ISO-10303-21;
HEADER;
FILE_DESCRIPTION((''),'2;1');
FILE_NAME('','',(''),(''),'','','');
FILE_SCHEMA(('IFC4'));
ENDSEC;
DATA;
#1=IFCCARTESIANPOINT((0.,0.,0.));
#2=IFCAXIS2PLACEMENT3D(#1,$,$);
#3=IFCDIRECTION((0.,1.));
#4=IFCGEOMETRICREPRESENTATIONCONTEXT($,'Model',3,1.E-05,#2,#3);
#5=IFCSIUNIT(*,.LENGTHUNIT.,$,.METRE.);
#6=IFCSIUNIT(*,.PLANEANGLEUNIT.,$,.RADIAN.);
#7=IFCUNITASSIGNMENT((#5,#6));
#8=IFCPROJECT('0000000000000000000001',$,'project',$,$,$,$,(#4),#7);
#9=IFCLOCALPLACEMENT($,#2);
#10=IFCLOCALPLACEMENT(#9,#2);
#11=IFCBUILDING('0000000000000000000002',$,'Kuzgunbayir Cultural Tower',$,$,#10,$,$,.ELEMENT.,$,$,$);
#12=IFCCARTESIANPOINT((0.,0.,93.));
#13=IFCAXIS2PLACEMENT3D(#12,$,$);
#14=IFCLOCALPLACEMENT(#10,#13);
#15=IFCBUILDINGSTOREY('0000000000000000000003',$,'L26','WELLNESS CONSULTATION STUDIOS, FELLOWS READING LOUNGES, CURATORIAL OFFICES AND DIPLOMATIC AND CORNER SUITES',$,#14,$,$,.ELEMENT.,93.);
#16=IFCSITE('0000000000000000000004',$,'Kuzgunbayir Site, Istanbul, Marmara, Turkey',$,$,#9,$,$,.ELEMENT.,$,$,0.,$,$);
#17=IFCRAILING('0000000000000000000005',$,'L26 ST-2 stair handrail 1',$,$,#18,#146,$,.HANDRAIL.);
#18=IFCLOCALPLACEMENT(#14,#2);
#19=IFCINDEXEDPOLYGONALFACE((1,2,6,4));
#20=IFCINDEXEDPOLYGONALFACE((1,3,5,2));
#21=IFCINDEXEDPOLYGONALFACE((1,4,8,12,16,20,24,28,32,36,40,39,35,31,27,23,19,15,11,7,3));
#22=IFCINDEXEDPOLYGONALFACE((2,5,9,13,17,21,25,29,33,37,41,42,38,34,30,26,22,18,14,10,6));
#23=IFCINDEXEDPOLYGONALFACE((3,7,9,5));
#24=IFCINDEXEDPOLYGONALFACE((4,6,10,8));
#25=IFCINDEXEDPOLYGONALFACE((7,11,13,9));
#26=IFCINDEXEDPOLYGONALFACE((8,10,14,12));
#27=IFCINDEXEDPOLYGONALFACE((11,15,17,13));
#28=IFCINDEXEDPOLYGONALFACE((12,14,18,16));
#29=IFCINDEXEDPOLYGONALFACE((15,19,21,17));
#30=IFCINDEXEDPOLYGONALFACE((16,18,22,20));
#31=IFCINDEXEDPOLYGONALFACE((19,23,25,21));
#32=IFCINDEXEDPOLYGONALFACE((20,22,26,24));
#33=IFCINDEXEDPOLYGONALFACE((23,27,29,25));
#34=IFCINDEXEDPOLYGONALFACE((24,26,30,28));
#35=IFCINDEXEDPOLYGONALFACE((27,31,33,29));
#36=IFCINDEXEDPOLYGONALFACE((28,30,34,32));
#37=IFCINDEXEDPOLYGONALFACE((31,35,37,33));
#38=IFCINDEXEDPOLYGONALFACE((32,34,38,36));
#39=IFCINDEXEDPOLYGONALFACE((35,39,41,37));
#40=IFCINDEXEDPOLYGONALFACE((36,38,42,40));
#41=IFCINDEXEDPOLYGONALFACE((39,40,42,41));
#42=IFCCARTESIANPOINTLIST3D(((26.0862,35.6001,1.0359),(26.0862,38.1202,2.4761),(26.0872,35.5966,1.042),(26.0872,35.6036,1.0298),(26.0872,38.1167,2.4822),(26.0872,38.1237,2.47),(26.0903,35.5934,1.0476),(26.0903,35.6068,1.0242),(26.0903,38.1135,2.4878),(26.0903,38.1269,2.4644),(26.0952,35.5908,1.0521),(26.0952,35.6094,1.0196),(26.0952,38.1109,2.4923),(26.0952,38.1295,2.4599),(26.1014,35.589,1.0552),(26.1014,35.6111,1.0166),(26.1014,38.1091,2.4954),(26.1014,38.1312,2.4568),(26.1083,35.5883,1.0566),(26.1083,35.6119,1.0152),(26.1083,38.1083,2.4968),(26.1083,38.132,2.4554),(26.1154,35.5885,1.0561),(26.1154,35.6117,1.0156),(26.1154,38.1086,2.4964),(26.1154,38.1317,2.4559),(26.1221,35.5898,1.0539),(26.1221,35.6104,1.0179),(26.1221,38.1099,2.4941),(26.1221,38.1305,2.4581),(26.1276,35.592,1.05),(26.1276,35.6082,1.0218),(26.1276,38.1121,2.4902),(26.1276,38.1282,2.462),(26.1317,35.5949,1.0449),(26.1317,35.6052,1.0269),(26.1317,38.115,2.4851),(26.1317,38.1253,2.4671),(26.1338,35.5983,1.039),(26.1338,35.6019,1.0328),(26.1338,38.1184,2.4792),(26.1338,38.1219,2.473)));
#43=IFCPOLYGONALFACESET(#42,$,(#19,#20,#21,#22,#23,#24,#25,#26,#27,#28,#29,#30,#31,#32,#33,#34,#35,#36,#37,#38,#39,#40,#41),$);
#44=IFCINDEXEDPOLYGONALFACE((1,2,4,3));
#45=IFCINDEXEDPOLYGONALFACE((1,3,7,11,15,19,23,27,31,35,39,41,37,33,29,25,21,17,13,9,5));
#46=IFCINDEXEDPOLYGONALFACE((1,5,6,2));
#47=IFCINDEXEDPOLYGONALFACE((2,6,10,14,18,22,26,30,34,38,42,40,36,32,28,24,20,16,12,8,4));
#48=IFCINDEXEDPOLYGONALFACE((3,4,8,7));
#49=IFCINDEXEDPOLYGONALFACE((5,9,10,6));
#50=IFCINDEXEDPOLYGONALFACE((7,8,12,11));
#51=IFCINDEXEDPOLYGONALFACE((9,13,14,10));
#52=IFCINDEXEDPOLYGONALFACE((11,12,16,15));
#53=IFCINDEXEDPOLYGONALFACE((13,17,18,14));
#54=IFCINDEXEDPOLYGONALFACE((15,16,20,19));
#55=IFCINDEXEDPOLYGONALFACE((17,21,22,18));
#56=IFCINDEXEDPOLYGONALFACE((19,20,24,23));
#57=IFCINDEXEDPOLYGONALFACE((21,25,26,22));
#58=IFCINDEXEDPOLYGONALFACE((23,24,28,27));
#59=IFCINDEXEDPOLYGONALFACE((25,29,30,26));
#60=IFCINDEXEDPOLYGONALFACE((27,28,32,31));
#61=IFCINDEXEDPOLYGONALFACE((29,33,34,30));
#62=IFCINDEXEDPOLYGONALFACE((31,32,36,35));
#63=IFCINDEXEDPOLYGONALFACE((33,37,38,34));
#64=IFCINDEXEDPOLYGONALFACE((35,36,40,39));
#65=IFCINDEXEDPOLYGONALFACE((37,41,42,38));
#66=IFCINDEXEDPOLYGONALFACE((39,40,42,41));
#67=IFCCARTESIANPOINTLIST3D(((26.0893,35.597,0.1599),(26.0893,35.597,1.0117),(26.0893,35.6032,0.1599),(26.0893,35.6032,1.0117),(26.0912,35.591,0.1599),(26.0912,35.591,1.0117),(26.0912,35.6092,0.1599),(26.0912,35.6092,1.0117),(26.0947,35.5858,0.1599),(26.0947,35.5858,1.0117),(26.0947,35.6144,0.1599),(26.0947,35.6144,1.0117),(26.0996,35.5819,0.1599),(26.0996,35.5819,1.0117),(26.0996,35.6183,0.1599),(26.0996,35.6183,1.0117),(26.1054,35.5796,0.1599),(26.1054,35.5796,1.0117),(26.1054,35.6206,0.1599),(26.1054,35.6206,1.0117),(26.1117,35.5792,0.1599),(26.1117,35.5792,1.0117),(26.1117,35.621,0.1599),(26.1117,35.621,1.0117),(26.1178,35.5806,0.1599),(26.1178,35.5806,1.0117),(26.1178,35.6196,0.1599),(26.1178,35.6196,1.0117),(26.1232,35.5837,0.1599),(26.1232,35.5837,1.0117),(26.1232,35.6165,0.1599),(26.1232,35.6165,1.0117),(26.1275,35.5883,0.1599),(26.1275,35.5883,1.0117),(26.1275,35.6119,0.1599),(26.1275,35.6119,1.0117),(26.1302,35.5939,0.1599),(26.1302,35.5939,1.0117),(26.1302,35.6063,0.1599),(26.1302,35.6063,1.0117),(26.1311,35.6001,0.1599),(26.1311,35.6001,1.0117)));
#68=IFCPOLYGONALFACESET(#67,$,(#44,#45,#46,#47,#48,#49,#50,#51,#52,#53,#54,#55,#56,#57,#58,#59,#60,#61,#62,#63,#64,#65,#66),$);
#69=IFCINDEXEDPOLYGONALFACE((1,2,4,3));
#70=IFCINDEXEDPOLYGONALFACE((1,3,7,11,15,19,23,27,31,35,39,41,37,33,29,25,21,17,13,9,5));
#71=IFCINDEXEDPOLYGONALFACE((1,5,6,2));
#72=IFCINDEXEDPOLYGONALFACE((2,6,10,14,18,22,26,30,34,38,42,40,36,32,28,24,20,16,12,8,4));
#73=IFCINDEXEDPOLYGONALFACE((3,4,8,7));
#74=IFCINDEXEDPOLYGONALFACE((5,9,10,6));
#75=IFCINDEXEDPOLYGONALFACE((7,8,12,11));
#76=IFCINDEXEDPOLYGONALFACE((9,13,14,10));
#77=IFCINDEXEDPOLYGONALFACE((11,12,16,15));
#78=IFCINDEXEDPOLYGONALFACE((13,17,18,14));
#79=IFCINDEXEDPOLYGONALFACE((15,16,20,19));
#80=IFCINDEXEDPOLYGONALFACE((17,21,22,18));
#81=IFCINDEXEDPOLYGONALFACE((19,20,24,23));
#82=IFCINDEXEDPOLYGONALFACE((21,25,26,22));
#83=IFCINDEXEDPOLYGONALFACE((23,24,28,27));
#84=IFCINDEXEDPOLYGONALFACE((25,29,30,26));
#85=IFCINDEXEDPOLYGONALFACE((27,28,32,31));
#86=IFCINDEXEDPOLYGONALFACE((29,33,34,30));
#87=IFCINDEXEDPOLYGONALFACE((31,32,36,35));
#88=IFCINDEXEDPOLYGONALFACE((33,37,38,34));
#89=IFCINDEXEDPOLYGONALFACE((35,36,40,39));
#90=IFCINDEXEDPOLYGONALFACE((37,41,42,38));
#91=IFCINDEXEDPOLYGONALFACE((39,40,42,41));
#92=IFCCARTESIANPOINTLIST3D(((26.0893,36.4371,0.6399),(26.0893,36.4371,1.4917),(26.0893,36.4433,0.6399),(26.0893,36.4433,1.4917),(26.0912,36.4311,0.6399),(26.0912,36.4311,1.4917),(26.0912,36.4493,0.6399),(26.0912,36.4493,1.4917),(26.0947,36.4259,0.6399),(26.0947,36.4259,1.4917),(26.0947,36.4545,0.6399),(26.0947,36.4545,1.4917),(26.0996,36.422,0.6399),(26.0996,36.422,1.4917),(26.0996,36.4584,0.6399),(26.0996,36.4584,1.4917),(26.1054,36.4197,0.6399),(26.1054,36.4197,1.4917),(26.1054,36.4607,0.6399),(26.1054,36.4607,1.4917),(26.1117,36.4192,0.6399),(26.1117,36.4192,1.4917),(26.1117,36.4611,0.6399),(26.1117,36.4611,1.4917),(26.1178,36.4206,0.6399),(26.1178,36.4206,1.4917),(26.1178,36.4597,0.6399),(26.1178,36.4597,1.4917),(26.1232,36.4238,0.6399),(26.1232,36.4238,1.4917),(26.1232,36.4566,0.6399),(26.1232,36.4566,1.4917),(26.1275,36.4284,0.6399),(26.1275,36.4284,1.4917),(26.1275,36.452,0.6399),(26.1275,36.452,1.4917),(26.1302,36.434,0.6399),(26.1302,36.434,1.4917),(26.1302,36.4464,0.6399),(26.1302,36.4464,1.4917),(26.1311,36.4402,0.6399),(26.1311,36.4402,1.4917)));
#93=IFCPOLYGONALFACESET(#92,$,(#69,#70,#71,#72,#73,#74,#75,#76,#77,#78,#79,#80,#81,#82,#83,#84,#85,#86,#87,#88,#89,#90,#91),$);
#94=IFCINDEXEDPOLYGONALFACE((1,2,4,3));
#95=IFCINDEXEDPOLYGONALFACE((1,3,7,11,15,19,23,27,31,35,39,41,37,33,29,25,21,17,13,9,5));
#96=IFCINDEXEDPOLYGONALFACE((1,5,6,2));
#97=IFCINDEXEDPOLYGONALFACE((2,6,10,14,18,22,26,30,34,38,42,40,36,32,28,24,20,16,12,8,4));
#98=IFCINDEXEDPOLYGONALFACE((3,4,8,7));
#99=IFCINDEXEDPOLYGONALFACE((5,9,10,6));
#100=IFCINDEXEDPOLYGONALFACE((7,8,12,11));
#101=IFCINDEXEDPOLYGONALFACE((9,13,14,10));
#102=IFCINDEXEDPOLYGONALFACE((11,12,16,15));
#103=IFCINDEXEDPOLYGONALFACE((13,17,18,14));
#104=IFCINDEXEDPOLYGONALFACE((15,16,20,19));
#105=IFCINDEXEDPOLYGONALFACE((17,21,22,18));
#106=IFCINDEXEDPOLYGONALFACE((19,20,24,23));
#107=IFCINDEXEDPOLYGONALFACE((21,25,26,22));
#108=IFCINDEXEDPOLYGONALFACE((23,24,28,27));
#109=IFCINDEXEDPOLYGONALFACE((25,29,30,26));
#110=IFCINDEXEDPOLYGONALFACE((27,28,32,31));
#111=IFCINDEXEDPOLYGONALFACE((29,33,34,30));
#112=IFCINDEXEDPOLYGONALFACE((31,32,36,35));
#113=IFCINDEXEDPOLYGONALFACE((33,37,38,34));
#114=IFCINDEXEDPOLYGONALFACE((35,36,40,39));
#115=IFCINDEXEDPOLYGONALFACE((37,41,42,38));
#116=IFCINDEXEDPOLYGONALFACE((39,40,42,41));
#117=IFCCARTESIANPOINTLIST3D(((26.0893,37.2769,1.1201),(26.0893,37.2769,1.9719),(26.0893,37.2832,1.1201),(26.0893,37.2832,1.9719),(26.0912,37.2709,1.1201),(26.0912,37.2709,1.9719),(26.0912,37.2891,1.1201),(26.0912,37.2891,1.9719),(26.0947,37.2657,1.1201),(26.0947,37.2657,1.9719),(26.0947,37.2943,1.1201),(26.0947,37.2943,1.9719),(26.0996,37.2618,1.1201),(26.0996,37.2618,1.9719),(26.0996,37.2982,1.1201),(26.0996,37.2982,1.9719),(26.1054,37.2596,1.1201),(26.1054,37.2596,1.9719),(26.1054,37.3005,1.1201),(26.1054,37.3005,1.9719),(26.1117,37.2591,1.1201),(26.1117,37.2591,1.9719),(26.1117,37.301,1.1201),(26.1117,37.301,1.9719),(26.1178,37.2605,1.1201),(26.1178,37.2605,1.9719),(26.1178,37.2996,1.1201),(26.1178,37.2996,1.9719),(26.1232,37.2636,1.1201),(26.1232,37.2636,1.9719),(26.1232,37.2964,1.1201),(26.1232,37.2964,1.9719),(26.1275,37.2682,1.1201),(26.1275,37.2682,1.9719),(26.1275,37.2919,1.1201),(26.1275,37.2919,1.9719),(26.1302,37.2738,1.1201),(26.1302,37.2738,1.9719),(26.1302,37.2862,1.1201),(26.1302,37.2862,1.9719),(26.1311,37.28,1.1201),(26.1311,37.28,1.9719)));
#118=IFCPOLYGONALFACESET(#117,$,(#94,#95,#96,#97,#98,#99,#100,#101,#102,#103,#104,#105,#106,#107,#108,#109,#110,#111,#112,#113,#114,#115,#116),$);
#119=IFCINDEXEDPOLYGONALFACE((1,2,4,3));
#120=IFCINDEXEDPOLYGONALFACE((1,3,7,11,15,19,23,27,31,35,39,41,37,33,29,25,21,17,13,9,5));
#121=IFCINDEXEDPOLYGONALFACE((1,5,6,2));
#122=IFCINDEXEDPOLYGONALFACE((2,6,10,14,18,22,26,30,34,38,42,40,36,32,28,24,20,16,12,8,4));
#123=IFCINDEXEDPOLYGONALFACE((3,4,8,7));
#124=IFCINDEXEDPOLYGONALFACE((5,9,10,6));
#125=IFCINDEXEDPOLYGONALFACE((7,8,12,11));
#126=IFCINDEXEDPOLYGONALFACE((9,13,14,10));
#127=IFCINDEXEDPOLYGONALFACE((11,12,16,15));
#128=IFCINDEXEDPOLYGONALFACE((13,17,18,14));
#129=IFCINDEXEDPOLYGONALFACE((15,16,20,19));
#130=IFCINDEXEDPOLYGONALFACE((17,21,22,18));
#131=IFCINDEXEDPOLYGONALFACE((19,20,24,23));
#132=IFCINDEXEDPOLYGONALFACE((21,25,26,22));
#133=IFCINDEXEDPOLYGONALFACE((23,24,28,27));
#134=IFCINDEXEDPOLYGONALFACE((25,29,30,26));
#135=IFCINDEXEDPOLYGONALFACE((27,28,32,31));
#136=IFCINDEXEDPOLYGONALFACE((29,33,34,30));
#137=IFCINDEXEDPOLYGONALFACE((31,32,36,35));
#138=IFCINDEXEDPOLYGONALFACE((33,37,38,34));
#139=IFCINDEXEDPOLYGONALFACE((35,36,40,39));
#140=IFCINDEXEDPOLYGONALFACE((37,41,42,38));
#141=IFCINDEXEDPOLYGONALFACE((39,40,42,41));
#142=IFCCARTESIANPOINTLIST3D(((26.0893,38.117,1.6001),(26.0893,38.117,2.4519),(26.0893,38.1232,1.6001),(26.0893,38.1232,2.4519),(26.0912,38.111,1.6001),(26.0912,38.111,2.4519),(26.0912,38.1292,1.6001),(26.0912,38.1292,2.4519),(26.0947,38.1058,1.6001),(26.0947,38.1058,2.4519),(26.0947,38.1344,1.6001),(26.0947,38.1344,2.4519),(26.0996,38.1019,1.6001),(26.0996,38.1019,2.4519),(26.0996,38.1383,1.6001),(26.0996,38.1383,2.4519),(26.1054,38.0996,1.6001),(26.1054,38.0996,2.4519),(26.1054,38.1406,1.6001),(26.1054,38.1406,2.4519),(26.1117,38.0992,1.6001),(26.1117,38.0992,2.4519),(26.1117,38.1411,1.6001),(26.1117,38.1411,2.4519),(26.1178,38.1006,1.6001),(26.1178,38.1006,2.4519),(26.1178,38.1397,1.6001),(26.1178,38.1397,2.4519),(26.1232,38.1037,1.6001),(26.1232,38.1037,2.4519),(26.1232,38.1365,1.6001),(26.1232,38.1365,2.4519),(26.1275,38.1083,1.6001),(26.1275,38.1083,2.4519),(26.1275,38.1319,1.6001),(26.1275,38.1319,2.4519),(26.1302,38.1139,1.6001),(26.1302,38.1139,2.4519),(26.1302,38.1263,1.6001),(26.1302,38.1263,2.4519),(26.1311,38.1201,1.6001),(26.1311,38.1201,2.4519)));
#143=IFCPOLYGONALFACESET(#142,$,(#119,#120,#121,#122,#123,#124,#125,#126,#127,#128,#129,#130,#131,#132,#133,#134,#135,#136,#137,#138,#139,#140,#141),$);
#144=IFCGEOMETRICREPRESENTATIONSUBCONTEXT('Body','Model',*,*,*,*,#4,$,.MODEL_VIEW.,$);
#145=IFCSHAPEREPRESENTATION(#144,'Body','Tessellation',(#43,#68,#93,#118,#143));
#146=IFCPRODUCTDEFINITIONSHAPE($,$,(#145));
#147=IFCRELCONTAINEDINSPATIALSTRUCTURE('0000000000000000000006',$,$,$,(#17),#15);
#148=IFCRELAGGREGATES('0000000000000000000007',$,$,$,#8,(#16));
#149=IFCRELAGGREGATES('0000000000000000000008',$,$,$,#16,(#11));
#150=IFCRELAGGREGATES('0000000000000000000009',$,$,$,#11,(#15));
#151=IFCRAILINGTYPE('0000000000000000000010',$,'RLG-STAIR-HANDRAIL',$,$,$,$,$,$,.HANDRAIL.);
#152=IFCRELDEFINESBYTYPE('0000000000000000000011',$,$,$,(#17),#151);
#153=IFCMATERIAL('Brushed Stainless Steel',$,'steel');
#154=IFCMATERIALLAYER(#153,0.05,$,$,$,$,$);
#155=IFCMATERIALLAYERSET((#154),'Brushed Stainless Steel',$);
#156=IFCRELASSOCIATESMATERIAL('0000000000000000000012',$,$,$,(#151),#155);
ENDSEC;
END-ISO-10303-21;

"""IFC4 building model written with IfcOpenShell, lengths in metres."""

from ifc_helpers import new_model, si_unit, direction, frame, origin, origin_2d, place, context, subcontext, project, spatial, circle, extrude, material, layer, layer_set, type_object, element, save


model = new_model("IFC4")

# Units and contexts
model_context = context("Model", 3, precision=1e-05, world=origin(), true_north=direction((0.0, 1.0)))
body_context = subcontext(model_context, "Body", "Model", "MODEL_VIEW")
ifc_project = project(units=[si_unit("LENGTHUNIT", "METRE"), si_unit("PLANEANGLEUNIT", "RADIAN")], contexts=[model_context])

# Site, building, storey
site_placement = place(None, origin())
site = spatial("IfcSite", under=ifc_project, at=site_placement, Name="Kuzgunbayir Site, Istanbul, Marmara, Turkey", CompositionType="ELEMENT", RefElevation=0.0)
building_placement = place(site_placement, origin())
building = spatial("IfcBuilding", under=site, at=building_placement, Name="Kuzgunbayir Cultural Tower", CompositionType="ELEMENT")
storey_placement = place(building_placement, frame((0.0, 0.0, 93.0)))
storey = spatial("IfcBuildingStorey", under=building, at=storey_placement, Name="L26", Description="WELLNESS CONSULTATION STUDIOS, FELLOWS READING LOUNGES, CURATORIAL OFFICES AND DIPLOMATIC AND CORNER SUITES", CompositionType="ELEMENT", Elevation=93.0)

# Shared definitions
ifc_material_1 = material(Name="Brushed Stainless Steel", Category="steel")

# Railing
ifc_layer_1 = layer(ifc_material_1, 0.05)
ifc_layer_set_1 = layer_set([ifc_layer_1], Name="Brushed Stainless Steel")
railing_type_1 = type_object("IfcRailingType", Name="RLG-STAIR-HANDRAIL", PredefinedType="HANDRAIL", material=ifc_layer_set_1)
railing_1_placement = place(storey_placement, frame((26.1101, 35.6001, 0.1599)))
element("IfcRailing", 1, at=railing_1_placement, inside=storey, type_object=railing_type_1, Name="L26 ST-2 stair handrail 1", PredefinedType="HANDRAIL", context=body_context, shape_type="SweptSolid", body=[
    extrude(circle(Radius=0.0239, at=origin_2d()), frame((0.0, 0.0, 0.876), z_axis=(0.0, 0.868217, 0.496184), x_axis=(-1.0, 0.0, 0.0)), (0.0, 0.0, 1.0), 2.9026),
    extrude(circle(Radius=0.021, at=origin_2d()), origin(), (0.0, 0.0, 1.0), 0.8518),
    extrude(circle(Radius=0.021, at=origin_2d()), frame((0.0, 0.8401, 0.48)), (0.0, 0.0, 1.0), 0.8518),
    extrude(circle(Radius=0.021, at=origin_2d()), frame((0.0, 1.6799, 0.9602)), (0.0, 0.0, 1.0), 0.8518),
    extrude(circle(Radius=0.021, at=origin_2d()), frame((0.0, 2.52, 1.4402)), (0.0, 0.0, 1.0), 0.8518),
])

save(model, "model.ifc")
